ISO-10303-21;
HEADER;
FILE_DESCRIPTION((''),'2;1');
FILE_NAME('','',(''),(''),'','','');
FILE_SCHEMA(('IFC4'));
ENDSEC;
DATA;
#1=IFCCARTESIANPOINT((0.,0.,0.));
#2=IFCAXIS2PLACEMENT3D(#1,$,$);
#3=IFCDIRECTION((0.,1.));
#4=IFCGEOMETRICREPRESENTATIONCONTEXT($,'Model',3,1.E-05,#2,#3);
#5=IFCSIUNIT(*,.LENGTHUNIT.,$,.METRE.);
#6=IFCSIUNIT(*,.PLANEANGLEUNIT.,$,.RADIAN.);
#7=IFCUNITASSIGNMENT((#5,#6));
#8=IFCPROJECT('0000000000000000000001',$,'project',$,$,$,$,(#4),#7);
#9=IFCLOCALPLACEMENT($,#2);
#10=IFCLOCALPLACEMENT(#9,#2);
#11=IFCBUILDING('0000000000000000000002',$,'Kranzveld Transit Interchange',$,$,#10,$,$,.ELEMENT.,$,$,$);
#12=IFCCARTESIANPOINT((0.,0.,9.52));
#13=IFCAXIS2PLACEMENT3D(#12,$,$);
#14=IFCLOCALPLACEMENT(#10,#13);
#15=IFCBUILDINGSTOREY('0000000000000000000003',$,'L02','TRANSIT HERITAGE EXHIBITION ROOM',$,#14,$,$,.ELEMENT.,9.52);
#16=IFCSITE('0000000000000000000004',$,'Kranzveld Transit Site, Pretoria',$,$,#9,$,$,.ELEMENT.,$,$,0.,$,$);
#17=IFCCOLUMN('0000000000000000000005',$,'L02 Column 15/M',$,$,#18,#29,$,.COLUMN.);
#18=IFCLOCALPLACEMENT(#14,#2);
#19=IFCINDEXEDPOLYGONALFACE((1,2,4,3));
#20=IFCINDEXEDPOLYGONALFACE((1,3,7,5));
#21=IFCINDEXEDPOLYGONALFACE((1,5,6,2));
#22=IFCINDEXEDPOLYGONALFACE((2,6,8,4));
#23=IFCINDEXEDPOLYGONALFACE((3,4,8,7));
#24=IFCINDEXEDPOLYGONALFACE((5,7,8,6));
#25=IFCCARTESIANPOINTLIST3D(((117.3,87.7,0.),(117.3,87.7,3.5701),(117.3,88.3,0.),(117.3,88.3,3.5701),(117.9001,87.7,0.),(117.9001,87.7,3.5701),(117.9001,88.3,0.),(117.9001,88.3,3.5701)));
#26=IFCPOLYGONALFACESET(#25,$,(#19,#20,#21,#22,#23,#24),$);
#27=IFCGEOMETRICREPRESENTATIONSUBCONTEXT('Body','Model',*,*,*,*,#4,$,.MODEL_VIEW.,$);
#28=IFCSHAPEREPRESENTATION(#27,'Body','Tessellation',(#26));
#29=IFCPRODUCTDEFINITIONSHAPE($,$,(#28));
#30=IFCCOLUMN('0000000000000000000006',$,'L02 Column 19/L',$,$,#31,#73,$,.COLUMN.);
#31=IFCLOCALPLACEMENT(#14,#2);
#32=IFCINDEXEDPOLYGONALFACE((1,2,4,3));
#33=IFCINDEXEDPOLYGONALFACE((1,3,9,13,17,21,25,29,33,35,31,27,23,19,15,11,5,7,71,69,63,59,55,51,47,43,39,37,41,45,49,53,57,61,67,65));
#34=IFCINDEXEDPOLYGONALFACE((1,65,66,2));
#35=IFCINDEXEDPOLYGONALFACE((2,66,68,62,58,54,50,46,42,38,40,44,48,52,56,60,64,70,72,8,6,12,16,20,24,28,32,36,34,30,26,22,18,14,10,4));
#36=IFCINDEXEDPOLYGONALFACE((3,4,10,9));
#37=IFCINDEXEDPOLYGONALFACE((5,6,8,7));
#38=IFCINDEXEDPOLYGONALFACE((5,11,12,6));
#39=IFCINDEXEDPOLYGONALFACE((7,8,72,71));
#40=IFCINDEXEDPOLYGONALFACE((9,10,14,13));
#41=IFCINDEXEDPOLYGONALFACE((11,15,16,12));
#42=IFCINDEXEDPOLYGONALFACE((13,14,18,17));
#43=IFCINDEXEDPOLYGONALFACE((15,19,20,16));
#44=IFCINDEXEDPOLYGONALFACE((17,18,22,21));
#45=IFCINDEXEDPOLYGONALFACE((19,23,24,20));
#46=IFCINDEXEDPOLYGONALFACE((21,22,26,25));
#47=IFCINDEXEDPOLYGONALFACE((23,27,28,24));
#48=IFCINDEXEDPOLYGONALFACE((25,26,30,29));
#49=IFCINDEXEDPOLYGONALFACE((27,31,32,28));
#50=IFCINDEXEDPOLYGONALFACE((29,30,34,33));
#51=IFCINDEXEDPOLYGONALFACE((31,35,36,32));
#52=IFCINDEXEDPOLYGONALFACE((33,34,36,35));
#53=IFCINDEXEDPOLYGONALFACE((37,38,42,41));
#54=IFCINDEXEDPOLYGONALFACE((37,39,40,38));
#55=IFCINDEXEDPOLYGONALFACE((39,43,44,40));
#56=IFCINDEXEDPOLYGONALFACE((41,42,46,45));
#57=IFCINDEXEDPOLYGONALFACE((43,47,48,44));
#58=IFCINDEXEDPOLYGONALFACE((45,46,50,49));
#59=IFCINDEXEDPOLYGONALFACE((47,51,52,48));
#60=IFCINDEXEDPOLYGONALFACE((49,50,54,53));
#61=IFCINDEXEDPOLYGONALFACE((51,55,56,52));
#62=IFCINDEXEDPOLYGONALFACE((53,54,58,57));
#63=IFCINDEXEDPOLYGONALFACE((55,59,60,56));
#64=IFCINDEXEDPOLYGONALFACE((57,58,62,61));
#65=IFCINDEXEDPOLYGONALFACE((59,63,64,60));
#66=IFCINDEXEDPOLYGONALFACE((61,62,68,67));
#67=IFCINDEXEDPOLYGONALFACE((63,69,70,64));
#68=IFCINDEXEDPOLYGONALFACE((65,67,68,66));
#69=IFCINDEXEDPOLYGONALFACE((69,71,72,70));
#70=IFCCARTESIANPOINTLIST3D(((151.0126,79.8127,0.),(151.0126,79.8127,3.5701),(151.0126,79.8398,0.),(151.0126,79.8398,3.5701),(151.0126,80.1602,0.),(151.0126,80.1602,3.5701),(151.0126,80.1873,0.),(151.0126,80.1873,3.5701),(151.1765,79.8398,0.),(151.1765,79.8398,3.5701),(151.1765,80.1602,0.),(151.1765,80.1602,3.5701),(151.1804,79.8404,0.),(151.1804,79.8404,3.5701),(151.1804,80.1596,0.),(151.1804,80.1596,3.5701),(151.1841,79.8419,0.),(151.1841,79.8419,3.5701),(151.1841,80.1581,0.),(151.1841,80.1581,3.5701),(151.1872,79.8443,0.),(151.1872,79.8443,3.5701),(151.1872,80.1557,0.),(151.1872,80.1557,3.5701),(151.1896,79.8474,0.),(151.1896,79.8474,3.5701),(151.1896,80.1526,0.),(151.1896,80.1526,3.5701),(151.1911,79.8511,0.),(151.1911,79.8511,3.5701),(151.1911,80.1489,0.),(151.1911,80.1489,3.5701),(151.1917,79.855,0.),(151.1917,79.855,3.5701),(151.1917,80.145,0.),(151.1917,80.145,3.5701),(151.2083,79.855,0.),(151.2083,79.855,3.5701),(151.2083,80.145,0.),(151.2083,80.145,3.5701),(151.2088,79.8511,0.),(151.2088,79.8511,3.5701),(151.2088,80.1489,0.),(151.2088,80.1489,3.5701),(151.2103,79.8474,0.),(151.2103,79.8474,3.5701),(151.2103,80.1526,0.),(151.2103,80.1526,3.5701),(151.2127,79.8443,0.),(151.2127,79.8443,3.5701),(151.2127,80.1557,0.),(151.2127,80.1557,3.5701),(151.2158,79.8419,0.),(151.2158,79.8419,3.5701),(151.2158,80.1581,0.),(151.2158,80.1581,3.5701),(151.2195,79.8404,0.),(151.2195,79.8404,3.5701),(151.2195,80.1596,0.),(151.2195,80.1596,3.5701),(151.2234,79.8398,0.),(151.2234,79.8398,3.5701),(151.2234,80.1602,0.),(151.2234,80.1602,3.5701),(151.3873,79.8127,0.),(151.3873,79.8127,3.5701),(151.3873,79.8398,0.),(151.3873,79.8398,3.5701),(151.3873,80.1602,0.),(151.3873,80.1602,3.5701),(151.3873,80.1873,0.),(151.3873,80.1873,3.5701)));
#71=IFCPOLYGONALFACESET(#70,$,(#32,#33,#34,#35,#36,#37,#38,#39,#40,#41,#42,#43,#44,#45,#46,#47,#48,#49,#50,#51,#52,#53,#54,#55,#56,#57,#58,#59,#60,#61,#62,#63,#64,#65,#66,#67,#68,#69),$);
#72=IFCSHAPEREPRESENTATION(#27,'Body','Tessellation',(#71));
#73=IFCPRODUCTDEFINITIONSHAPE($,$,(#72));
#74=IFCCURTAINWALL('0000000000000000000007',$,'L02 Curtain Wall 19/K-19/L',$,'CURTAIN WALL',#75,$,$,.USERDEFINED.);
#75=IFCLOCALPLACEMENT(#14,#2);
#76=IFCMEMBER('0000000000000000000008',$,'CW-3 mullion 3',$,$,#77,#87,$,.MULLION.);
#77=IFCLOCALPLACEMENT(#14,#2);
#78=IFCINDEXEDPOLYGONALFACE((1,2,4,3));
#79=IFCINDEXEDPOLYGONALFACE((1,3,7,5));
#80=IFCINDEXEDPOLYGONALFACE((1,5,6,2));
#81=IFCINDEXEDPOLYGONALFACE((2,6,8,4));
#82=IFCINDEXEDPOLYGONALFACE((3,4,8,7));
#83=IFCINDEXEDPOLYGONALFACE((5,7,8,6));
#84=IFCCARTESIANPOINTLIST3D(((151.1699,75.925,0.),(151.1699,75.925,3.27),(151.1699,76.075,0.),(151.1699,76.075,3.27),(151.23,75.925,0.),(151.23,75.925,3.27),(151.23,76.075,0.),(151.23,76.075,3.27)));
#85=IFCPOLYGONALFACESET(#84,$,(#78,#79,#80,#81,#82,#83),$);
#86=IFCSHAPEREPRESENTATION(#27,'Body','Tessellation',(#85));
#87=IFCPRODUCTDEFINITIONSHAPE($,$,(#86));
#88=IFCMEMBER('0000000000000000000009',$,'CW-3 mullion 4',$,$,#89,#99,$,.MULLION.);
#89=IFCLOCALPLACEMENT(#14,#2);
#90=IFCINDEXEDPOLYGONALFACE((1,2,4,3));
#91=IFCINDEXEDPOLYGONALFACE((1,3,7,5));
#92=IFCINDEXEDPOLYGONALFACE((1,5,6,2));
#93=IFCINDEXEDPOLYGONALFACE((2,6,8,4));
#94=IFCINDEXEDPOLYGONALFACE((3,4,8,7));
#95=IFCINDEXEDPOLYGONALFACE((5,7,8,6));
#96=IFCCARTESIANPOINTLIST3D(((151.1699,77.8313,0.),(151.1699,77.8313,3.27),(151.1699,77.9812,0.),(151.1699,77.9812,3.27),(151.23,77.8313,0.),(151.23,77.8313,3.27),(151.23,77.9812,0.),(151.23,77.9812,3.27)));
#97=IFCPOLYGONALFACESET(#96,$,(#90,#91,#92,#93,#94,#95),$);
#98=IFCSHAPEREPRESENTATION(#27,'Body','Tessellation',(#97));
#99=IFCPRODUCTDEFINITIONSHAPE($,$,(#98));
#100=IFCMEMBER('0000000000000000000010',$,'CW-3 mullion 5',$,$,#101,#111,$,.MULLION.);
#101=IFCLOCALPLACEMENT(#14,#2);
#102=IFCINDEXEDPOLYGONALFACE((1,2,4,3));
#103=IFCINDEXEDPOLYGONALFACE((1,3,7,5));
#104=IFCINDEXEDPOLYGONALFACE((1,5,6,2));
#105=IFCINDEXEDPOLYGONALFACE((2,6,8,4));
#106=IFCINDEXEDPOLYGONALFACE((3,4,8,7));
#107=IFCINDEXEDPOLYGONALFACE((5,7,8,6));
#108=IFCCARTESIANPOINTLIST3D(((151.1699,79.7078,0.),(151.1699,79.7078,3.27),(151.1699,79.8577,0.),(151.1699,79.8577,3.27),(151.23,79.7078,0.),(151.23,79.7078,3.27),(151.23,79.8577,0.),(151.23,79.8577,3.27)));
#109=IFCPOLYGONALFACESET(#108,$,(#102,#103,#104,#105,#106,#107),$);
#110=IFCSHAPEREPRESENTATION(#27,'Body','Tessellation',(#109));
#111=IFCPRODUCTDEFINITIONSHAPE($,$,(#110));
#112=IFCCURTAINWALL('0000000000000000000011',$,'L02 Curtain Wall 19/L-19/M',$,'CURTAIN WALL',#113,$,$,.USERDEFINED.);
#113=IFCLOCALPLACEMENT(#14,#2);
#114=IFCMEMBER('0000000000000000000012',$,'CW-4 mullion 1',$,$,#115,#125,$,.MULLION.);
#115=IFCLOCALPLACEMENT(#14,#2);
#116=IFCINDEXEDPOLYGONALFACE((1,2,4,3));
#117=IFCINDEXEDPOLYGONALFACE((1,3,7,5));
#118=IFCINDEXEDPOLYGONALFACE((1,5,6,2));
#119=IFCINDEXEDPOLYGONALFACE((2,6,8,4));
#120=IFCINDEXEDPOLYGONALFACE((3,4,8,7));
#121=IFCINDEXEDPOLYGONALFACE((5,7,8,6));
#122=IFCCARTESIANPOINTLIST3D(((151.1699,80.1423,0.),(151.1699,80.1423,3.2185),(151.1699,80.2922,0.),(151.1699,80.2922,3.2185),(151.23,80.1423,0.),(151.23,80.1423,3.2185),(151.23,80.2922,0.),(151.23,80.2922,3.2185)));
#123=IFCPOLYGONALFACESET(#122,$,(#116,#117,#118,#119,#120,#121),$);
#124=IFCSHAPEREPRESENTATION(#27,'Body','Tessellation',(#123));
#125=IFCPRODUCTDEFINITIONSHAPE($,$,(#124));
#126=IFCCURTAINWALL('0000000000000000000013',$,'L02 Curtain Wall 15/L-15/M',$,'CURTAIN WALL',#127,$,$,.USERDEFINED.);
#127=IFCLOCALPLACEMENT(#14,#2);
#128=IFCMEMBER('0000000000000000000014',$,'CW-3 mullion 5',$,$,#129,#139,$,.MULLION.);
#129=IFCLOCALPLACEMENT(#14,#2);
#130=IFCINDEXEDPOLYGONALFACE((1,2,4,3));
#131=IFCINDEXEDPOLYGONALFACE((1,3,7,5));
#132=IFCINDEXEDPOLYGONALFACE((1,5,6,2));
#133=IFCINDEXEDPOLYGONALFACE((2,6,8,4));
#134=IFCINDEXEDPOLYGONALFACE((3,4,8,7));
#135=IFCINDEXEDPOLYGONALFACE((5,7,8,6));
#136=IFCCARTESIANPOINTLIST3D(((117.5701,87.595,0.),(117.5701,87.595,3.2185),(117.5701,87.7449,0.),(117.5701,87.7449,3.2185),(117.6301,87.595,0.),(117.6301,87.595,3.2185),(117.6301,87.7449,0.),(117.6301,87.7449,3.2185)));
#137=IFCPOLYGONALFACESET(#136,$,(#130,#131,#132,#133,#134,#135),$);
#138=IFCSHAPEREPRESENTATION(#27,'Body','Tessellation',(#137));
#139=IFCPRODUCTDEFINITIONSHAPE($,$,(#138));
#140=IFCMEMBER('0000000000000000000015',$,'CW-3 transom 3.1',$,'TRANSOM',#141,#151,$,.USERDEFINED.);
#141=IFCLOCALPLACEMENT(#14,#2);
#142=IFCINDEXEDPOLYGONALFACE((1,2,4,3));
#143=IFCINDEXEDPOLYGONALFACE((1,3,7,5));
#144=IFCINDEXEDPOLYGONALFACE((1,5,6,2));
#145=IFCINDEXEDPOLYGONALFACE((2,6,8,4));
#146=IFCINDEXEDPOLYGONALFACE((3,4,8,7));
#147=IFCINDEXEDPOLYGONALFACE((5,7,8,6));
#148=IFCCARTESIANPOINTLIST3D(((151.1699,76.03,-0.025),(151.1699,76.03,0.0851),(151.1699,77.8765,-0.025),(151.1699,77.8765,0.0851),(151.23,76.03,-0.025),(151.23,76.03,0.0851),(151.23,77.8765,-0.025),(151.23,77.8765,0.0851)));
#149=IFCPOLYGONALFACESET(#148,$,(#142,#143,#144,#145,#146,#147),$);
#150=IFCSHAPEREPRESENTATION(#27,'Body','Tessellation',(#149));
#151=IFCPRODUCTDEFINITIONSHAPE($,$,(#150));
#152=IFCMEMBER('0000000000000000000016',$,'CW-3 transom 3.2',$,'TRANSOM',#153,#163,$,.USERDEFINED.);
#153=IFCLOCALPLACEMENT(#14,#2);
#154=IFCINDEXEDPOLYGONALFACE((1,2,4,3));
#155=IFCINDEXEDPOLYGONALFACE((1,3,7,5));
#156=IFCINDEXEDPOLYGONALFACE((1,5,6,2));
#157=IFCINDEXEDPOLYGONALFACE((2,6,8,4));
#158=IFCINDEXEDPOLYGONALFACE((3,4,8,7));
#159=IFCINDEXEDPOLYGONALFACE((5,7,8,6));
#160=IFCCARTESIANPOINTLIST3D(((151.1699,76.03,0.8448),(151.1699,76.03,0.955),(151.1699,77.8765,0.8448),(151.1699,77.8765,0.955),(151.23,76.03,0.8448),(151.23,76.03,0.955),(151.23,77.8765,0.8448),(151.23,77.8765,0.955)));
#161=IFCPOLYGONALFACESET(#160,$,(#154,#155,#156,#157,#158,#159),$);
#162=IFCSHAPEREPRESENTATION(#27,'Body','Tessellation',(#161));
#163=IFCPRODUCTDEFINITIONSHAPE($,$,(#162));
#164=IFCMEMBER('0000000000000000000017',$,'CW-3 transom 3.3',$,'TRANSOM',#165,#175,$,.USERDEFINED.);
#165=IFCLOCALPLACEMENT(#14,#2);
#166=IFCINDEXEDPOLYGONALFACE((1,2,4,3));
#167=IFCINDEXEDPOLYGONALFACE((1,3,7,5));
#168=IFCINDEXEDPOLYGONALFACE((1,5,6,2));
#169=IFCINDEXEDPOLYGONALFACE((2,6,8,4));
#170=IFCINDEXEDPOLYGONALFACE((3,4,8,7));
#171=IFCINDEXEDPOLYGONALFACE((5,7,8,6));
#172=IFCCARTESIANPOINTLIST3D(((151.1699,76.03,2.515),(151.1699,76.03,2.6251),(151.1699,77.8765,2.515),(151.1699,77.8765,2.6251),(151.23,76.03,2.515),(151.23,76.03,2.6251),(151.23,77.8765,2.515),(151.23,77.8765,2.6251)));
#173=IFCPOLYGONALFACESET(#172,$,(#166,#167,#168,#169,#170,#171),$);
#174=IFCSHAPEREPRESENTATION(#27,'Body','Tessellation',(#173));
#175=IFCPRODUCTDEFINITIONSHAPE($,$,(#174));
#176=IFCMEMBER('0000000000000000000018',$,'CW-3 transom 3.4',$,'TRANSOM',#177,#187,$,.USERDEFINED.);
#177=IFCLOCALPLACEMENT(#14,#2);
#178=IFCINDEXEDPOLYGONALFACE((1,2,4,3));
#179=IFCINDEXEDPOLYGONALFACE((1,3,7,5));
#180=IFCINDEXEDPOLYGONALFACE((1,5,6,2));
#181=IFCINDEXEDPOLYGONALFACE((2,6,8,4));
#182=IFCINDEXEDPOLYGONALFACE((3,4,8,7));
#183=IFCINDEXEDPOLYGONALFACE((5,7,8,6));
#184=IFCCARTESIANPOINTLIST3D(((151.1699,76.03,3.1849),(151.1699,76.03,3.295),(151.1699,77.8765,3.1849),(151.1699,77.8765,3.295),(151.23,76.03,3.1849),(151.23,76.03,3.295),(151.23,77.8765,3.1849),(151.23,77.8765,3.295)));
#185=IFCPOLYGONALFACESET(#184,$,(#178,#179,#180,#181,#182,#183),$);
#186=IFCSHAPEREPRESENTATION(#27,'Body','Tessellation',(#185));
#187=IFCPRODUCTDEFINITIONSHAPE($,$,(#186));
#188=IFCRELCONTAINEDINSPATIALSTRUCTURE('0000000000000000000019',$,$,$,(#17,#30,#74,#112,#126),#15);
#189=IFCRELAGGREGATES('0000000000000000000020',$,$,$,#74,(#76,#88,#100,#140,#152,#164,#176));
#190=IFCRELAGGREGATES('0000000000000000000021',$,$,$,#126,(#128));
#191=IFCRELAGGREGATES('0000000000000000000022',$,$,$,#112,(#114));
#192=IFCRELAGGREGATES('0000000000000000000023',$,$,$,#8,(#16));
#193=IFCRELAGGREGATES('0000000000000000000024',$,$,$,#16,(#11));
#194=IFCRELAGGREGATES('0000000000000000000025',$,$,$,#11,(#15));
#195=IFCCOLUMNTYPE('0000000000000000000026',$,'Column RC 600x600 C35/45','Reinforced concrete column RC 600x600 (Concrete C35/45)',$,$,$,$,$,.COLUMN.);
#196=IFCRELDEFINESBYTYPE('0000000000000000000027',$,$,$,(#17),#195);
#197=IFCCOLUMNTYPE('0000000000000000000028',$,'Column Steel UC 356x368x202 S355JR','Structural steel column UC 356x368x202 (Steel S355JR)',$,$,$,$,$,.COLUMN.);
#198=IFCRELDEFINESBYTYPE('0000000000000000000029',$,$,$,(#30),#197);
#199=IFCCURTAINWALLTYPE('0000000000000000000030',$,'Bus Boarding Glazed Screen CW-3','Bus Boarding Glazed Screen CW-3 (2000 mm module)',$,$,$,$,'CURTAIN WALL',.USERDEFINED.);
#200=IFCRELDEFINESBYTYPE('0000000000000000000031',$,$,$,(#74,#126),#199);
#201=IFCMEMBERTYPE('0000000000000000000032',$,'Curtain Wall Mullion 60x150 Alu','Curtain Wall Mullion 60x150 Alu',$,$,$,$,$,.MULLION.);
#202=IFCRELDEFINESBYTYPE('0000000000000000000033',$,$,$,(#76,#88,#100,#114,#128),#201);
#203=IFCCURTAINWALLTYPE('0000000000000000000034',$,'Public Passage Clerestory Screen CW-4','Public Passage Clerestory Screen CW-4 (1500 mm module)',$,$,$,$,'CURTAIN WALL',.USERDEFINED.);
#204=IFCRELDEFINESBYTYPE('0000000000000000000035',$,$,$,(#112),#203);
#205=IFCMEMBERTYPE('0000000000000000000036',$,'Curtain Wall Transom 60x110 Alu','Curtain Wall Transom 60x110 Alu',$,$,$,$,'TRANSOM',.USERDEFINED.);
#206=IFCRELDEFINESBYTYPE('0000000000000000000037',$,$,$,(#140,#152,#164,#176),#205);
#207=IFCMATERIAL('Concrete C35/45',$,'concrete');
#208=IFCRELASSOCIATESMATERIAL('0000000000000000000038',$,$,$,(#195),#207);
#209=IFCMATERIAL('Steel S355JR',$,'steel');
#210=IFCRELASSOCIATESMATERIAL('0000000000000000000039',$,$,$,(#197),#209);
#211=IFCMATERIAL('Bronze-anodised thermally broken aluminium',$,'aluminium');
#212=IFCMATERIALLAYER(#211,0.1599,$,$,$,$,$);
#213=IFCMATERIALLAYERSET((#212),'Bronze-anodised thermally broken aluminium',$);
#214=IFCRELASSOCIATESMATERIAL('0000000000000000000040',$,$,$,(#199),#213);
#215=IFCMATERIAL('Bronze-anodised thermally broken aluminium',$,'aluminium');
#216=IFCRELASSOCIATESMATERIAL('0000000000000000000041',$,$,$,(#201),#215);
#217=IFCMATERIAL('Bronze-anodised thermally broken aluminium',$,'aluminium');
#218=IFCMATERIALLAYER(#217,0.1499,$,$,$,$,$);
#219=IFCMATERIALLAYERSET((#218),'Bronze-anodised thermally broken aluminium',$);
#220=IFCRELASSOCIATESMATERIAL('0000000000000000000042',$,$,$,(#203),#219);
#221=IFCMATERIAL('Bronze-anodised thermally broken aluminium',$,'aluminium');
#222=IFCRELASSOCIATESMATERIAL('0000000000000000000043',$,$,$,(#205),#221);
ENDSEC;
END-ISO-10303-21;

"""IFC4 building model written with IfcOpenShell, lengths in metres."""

from ifc_helpers import new_model, si_unit, direction, frame, origin, origin_2d, place, context, subcontext, project, spatial, rectangle, i_section, extrude, material, layer, layer_set, material_profile, profile_set, type_object, element, aggregate, save


model = new_model("IFC4")

# Units and contexts
model_context = context("Model", 3, precision=1e-05, world=origin(), true_north=direction((0.0, 1.0)))
body_context = subcontext(model_context, "Body", "Model", "MODEL_VIEW")
ifc_project = project(units=[si_unit("LENGTHUNIT", "METRE"), si_unit("PLANEANGLEUNIT", "RADIAN")], contexts=[model_context])

# Site, building, storey
site_placement = place(None, origin())
site = spatial("IfcSite", under=ifc_project, at=site_placement, Name="Kranzveld Transit Site, Pretoria", CompositionType="ELEMENT", RefElevation=0.0)
building_placement = place(site_placement, origin())
building = spatial("IfcBuilding", under=site, at=building_placement, Name="Kranzveld Transit Interchange", CompositionType="ELEMENT")
storey_placement = place(building_placement, frame((0.0, 0.0, 9.52)))
storey = spatial("IfcBuildingStorey", under=building, at=storey_placement, Name="L02", Description="TRANSIT HERITAGE EXHIBITION ROOM", CompositionType="ELEMENT", Elevation=9.52)

# Columns
ifc_material_1 = material(Name="Concrete C35/45", Category="concrete")
ifc_material_profile_1 = material_profile(ifc_material_1, rectangle(XDim=0.6001, YDim=0.6001, at=origin_2d()), Name="RC 600x600")
ifc_profile_set_1 = profile_set([ifc_material_profile_1], Name="Concrete C35/45")
column_type_1 = type_object("IfcColumnType", Name="Column RC 600x600 C35/45", Description="Reinforced concrete column RC 600x600 (Concrete C35/45)", PredefinedType="COLUMN", material=ifc_profile_set_1)
column_1_placement = place(storey_placement, frame((117.6001, 88.0, 0.0), z_axis=(0.0, 0.0, 1.0), x_axis=(1.0, 0.0, 0.0)))
element("IfcColumn", 1, at=column_1_placement, inside=storey, type_object=column_type_1, Name="L02 Column 15/M", PredefinedType="COLUMN", context=body_context, shape_type="SweptSolid", body=[
    extrude(rectangle(XDim=0.6001, YDim=0.6001, at=origin_2d()), origin(), (0.0, 0.0, 1.0), 3.5701),
])
ifc_material_2 = material(Name="Steel S355JR", Category="steel")
ifc_material_profile_2 = material_profile(ifc_material_2, i_section(OverallWidth=0.3748, OverallDepth=0.3745, WebThickness=0.0166, FlangeThickness=0.0271, FilletRadius=0.0151, at=origin_2d()), Name="UC 356x368x202")
ifc_profile_set_2 = profile_set([ifc_material_profile_2], Name="Steel S355JR")
column_type_2 = type_object("IfcColumnType", Name="Column Steel UC 356x368x202 S355JR", Description="Structural steel column UC 356x368x202 (Steel S355JR)", PredefinedType="COLUMN", material=ifc_profile_set_2)
column_2_placement = place(storey_placement, frame((151.2, 80.0, 0.0), z_axis=(0.0, 0.0, 1.0), x_axis=(1.0, 0.0, 0.0)))
element("IfcColumn", 2, at=column_2_placement, inside=storey, type_object=column_type_2, Name="L02 Column 19/L", PredefinedType="COLUMN", context=body_context, shape_type="SweptSolid", body=[
    extrude(i_section(OverallWidth=0.3748, OverallDepth=0.3745, WebThickness=0.0166, FlangeThickness=0.0271, FilletRadius=0.0151, at=origin_2d()), origin(), (0.0, 0.0, 1.0), 3.5701),
])

# Curtain wall, members
ifc_material_3 = material(Name="Bronze-anodised thermally broken aluminium", Category="aluminium")
ifc_layer_1 = layer(ifc_material_3, 0.1599)
ifc_layer_set_1 = layer_set([ifc_layer_1], Name="Bronze-anodised thermally broken aluminium")
curtain_wall_type_1 = type_object("IfcCurtainWallType", Name="Bus Boarding Glazed Screen CW-3", Description="Bus Boarding Glazed Screen CW-3 (2000 mm module)", ElementType="CURTAIN WALL", PredefinedType="USERDEFINED", material=ifc_layer_set_1)
curtain_wall_1_placement = place(storey_placement, origin())
curtain_wall_1 = element("IfcCurtainWall", 3, at=curtain_wall_1_placement, inside=storey, type_object=curtain_wall_type_1, Name="L02 Curtain Wall 19/K-19/L", ObjectType="CURTAIN WALL", PredefinedType="USERDEFINED")
ifc_material_4 = material(Name="Bronze-anodised thermally broken aluminium", Category="aluminium")
ifc_material_profile_3 = material_profile(ifc_material_4, rectangle(XDim=0.0601, YDim=0.1499, at=origin_2d()), Name="ALU MULLION 60x150")
ifc_profile_set_3 = profile_set([ifc_material_profile_3], Name="Bronze-anodised thermally broken aluminium")
member_type_1 = type_object("IfcMemberType", Name="Curtain Wall Mullion 60x150 Alu", Description="Curtain Wall Mullion 60x150 Alu", PredefinedType="MULLION", material=ifc_profile_set_3)
member_1_placement = place(storey_placement, frame((151.2, 76.0, 0.0), z_axis=(0.0, 0.0, 1.0), x_axis=(-1.0, 0.0, 0.0)))
member_1 = element("IfcMember", 4, at=member_1_placement, type_object=member_type_1, Name="CW-3 mullion 3", PredefinedType="MULLION", context=body_context, shape_type="SweptSolid", body=[
    extrude(rectangle(XDim=0.0601, YDim=0.1499, at=origin_2d()), origin(), (0.0, 0.0, 1.0), 3.27),
])
member_2_placement = place(storey_placement, frame((151.2, 77.9062, 0.0), z_axis=(0.0, 0.0, 1.0), x_axis=(-1.0, 0.0, 0.0)))
member_2 = element("IfcMember", 5, at=member_2_placement, type_object=member_type_1, Name="CW-3 mullion 4", PredefinedType="MULLION", context=body_context, shape_type="SweptSolid", body=[
    extrude(rectangle(XDim=0.0601, YDim=0.1499, at=origin_2d()), origin(), (0.0, 0.0, 1.0), 3.27),
])
member_3_placement = place(storey_placement, frame((151.2, 79.7827, 0.0), z_axis=(0.0, 0.0, 1.0), x_axis=(-1.0, 0.0, 0.0)))
member_3 = element("IfcMember", 6, at=member_3_placement, type_object=member_type_1, Name="CW-3 mullion 5", PredefinedType="MULLION", context=body_context, shape_type="SweptSolid", body=[
    extrude(rectangle(XDim=0.0601, YDim=0.1499, at=origin_2d()), origin(), (0.0, 0.0, 1.0), 3.27),
])

# Curtain walls, members
ifc_material_5 = material(Name="Bronze-anodised thermally broken aluminium", Category="aluminium")
ifc_layer_2 = layer(ifc_material_5, 0.1499)
ifc_layer_set_2 = layer_set([ifc_layer_2], Name="Bronze-anodised thermally broken aluminium")
curtain_wall_type_2 = type_object("IfcCurtainWallType", Name="Public Passage Clerestory Screen CW-4", Description="Public Passage Clerestory Screen CW-4 (1500 mm module)", ElementType="CURTAIN WALL", PredefinedType="USERDEFINED", material=ifc_layer_set_2)
curtain_wall_2_placement = place(storey_placement, origin())
curtain_wall_2 = element("IfcCurtainWall", 7, at=curtain_wall_2_placement, inside=storey, type_object=curtain_wall_type_2, Name="L02 Curtain Wall 19/L-19/M", ObjectType="CURTAIN WALL", PredefinedType="USERDEFINED")
member_4_placement = place(storey_placement, frame((151.2, 80.2173, 0.0), z_axis=(0.0, 0.0, 1.0), x_axis=(-1.0, 0.0, 0.0)))
member_4 = element("IfcMember", 8, at=member_4_placement, type_object=member_type_1, Name="CW-4 mullion 1", PredefinedType="MULLION", context=body_context, shape_type="SweptSolid", body=[
    extrude(rectangle(XDim=0.0601, YDim=0.1499, at=origin_2d()), origin(), (0.0, 0.0, 1.0), 3.2185),
])
curtain_wall_3_placement = place(storey_placement, origin())
curtain_wall_3 = element("IfcCurtainWall", 9, at=curtain_wall_3_placement, inside=storey, type_object=curtain_wall_type_1, Name="L02 Curtain Wall 15/L-15/M", ObjectType="CURTAIN WALL", PredefinedType="USERDEFINED")
member_5_placement = place(storey_placement, frame((117.6001, 87.6699, 0.0), z_axis=(0.0, 0.0, 1.0), x_axis=(-1.0, 0.0, 0.0)))
member_5 = element("IfcMember", 10, at=member_5_placement, type_object=member_type_1, Name="CW-3 mullion 5", PredefinedType="MULLION", context=body_context, shape_type="SweptSolid", body=[
    extrude(rectangle(XDim=0.0601, YDim=0.1499, at=origin_2d()), origin(), (0.0, 0.0, 1.0), 3.2185),
])

# Members
ifc_material_6 = material(Name="Bronze-anodised thermally broken aluminium", Category="aluminium")
ifc_material_profile_4 = material_profile(ifc_material_6, rectangle(XDim=0.0601, YDim=0.1101, at=origin_2d()), Name="ALU TRANSOM 60x110")
ifc_profile_set_4 = profile_set([ifc_material_profile_4], Name="Bronze-anodised thermally broken aluminium")
member_type_2 = type_object("IfcMemberType", Name="Curtain Wall Transom 60x110 Alu", Description="Curtain Wall Transom 60x110 Alu", ElementType="TRANSOM", PredefinedType="USERDEFINED", material=ifc_profile_set_4)
member_6_placement = place(storey_placement, frame((151.2, 76.03, 0.03), z_axis=(0.0, 1.0, 0.0), x_axis=(-1.0, 0.0, 0.0)))
member_6 = element("IfcMember", 11, at=member_6_placement, type_object=member_type_2, Name="CW-3 transom 3.1", ObjectType="TRANSOM", PredefinedType="USERDEFINED", context=body_context, shape_type="SweptSolid", body=[
    extrude(rectangle(XDim=0.0601, YDim=0.1101, at=origin_2d()), origin(), (0.0, 0.0, 1.0), 1.8464),
])
member_7_placement = place(storey_placement, frame((151.2, 76.03, 0.8999), z_axis=(0.0, 1.0, 0.0), x_axis=(-1.0, 0.0, 0.0)))
member_7 = element("IfcMember", 12, at=member_7_placement, type_object=member_type_2, Name="CW-3 transom 3.2", ObjectType="TRANSOM", PredefinedType="USERDEFINED", context=body_context, shape_type="SweptSolid", body=[
    extrude(rectangle(XDim=0.0601, YDim=0.1101, at=origin_2d()), origin(), (0.0, 0.0, 1.0), 1.8464),
])
member_8_placement = place(storey_placement, frame((151.2, 76.03, 2.5701), z_axis=(0.0, 1.0, 0.0), x_axis=(-1.0, 0.0, 0.0)))
member_8 = element("IfcMember", 13, at=member_8_placement, type_object=member_type_2, Name="CW-3 transom 3.3", ObjectType="TRANSOM", PredefinedType="USERDEFINED", context=body_context, shape_type="SweptSolid", body=[
    extrude(rectangle(XDim=0.0601, YDim=0.1101, at=origin_2d()), origin(), (0.0, 0.0, 1.0), 1.8464),
])
member_9_placement = place(storey_placement, frame((151.2, 76.03, 3.24), z_axis=(0.0, 1.0, 0.0), x_axis=(-1.0, 0.0, 0.0)))
member_9 = element("IfcMember", 14, at=member_9_placement, type_object=member_type_2, Name="CW-3 transom 3.4", ObjectType="TRANSOM", PredefinedType="USERDEFINED", context=body_context, shape_type="SweptSolid", body=[
    extrude(rectangle(XDim=0.0601, YDim=0.1101, at=origin_2d()), origin(), (0.0, 0.0, 1.0), 1.8464),
])

aggregate(curtain_wall_1, [member_1, member_2, member_3, member_6, member_7, member_8, member_9])
aggregate(curtain_wall_3, [member_5])
aggregate(curtain_wall_2, [member_4])

save(model, "model.ifc")
